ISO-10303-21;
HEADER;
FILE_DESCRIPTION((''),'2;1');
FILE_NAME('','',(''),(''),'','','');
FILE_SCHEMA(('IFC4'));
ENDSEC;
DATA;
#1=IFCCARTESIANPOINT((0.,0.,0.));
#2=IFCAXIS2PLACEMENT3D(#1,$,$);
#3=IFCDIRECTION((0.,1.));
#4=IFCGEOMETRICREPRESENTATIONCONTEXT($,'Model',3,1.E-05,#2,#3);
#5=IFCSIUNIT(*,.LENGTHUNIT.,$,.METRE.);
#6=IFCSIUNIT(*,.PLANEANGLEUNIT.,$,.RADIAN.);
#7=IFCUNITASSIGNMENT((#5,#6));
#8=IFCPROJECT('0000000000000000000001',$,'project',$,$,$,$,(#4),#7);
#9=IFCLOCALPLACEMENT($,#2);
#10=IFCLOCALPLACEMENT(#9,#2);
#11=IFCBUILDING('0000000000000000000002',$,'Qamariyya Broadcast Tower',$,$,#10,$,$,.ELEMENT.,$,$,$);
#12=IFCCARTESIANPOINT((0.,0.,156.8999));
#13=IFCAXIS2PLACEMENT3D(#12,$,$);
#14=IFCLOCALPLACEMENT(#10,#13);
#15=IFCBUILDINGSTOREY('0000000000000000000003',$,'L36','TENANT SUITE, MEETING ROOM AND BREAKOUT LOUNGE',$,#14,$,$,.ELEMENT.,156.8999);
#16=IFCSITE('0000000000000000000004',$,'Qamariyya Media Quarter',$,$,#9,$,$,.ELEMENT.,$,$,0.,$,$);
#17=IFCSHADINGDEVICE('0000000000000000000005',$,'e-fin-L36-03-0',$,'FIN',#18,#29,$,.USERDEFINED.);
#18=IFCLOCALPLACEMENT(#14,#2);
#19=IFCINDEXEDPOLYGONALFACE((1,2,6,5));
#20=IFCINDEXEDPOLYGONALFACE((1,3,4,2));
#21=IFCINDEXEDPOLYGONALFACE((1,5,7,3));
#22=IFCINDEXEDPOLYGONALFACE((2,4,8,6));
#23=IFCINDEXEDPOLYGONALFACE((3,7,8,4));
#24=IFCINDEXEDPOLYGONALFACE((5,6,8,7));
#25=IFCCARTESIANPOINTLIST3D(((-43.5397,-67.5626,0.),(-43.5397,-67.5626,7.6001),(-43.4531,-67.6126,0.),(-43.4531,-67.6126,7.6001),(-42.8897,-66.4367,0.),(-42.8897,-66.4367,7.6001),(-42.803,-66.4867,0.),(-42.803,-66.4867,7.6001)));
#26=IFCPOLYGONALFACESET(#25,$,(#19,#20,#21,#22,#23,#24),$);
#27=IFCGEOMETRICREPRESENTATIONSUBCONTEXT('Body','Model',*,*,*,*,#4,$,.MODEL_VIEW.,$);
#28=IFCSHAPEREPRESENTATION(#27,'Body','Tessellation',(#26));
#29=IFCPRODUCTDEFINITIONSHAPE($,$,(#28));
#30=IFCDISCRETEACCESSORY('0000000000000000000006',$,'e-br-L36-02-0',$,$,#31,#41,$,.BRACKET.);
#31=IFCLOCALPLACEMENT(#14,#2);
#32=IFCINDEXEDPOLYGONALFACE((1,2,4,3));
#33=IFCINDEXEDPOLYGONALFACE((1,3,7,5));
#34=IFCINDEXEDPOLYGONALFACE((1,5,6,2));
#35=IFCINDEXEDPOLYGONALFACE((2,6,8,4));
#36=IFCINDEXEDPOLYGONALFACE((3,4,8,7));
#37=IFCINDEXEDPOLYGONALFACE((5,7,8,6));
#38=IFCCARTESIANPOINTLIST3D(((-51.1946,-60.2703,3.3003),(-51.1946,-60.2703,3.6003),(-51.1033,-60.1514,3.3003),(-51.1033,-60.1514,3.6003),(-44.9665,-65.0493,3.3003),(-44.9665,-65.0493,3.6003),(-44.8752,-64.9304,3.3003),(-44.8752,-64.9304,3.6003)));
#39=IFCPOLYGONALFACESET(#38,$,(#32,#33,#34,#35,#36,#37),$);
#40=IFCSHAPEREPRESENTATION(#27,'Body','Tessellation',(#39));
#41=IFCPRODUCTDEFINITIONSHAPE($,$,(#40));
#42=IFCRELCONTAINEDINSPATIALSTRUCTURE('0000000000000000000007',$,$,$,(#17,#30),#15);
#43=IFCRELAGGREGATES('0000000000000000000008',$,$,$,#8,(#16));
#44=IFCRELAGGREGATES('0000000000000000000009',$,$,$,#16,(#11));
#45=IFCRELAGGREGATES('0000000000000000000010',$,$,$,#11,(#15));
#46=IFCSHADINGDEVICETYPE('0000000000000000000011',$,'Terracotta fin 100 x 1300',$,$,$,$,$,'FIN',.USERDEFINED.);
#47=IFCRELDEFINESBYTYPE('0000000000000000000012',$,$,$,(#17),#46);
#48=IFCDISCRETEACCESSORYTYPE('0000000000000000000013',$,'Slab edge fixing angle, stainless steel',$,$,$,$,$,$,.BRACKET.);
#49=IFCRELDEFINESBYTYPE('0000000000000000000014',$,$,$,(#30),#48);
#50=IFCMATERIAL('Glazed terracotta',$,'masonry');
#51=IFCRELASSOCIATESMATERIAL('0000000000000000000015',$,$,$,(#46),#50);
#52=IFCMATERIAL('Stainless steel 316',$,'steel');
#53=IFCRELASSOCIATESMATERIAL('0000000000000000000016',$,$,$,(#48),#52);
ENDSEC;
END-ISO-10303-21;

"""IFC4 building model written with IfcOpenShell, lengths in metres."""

from ifc_helpers import new_model, si_unit, direction, frame, origin, origin_2d, place, context, subcontext, project, spatial, rectangle, extrude, material, material_profile, profile_set, type_object, element, save


model = new_model("IFC4")

# Units and contexts
model_context = context("Model", 3, precision=1e-05, world=origin(), true_north=direction((0.0, 1.0)))
body_context = subcontext(model_context, "Body", "Model", "MODEL_VIEW")
ifc_project = project(units=[si_unit("LENGTHUNIT", "METRE"), si_unit("PLANEANGLEUNIT", "RADIAN")], contexts=[model_context])

# Site, building, storey
site_placement = place(None, origin())
site = spatial("IfcSite", under=ifc_project, at=site_placement, Name="Qamariyya Media Quarter", CompositionType="ELEMENT", RefElevation=0.0)
building_placement = place(site_placement, origin())
building = spatial("IfcBuilding", under=site, at=building_placement, Name="Qamariyya Broadcast Tower", CompositionType="ELEMENT")
storey_placement = place(building_placement, frame((0.0, 0.0, 156.8999)))
storey = spatial("IfcBuildingStorey", under=building, at=storey_placement, Name="L36", Description="TENANT SUITE, MEETING ROOM AND BREAKOUT LOUNGE", CompositionType="ELEMENT", Elevation=156.8999)

# Shading device
ifc_material_1 = material(Name="Glazed terracotta", Category="masonry")
ifc_material_profile_1 = material_profile(ifc_material_1, rectangle(XDim=1.3, YDim=0.1001, at=origin_2d()))
ifc_profile_set_1 = profile_set([ifc_material_profile_1], Name="Glazed terracotta")
shading_device_type_1 = type_object("IfcShadingDeviceType", Name="Terracotta fin 100 x 1300", ElementType="FIN", PredefinedType="USERDEFINED", material=ifc_profile_set_1)
for number, where, z_axis, x_axis, name in (
    (1, (-43.1714, -67.0247, 0.0), (0.0, 0.0, 1.0), (-0.5, -0.866025, 0.0), "e-fin-L36-03-0"),
):
    element("IfcShadingDevice", number, at=place(storey_placement, frame(where, z_axis=z_axis, x_axis=x_axis)), inside=storey, type_object=shading_device_type_1, Name=name, ObjectType="FIN", PredefinedType="USERDEFINED", context=body_context, shape_type="SweptSolid", body=[
        extrude(rectangle(XDim=1.3, YDim=0.1001, at=origin_2d()), origin(), (0.0, 0.0, 1.0), 7.6001),
    ])

# Discrete accessory
ifc_material_2 = material(Name="Stainless steel 316", Category="steel")
discrete_accessory_type = type_object("IfcDiscreteAccessoryType", Name="Slab edge fixing angle, stainless steel", PredefinedType="BRACKET", material=ifc_material_2)
discrete_accessory_placement = place(storey_placement, frame((-48.0349, -62.6003, 3.3003), z_axis=(0.0, 0.0, 1.0), x_axis=(0.793353, -0.608761, 0.0)))
element("IfcDiscreteAccessory", 2, at=discrete_accessory_placement, inside=storey, type_object=discrete_accessory_type, Name="e-br-L36-02-0", PredefinedType="BRACKET", context=body_context, shape_type="SweptSolid", body=[
    extrude(rectangle(XDim=7.8503, YDim=0.1499, at=origin_2d()), origin(), (0.0, 0.0, 1.0), 0.3),
])

save(model, "model.ifc")
